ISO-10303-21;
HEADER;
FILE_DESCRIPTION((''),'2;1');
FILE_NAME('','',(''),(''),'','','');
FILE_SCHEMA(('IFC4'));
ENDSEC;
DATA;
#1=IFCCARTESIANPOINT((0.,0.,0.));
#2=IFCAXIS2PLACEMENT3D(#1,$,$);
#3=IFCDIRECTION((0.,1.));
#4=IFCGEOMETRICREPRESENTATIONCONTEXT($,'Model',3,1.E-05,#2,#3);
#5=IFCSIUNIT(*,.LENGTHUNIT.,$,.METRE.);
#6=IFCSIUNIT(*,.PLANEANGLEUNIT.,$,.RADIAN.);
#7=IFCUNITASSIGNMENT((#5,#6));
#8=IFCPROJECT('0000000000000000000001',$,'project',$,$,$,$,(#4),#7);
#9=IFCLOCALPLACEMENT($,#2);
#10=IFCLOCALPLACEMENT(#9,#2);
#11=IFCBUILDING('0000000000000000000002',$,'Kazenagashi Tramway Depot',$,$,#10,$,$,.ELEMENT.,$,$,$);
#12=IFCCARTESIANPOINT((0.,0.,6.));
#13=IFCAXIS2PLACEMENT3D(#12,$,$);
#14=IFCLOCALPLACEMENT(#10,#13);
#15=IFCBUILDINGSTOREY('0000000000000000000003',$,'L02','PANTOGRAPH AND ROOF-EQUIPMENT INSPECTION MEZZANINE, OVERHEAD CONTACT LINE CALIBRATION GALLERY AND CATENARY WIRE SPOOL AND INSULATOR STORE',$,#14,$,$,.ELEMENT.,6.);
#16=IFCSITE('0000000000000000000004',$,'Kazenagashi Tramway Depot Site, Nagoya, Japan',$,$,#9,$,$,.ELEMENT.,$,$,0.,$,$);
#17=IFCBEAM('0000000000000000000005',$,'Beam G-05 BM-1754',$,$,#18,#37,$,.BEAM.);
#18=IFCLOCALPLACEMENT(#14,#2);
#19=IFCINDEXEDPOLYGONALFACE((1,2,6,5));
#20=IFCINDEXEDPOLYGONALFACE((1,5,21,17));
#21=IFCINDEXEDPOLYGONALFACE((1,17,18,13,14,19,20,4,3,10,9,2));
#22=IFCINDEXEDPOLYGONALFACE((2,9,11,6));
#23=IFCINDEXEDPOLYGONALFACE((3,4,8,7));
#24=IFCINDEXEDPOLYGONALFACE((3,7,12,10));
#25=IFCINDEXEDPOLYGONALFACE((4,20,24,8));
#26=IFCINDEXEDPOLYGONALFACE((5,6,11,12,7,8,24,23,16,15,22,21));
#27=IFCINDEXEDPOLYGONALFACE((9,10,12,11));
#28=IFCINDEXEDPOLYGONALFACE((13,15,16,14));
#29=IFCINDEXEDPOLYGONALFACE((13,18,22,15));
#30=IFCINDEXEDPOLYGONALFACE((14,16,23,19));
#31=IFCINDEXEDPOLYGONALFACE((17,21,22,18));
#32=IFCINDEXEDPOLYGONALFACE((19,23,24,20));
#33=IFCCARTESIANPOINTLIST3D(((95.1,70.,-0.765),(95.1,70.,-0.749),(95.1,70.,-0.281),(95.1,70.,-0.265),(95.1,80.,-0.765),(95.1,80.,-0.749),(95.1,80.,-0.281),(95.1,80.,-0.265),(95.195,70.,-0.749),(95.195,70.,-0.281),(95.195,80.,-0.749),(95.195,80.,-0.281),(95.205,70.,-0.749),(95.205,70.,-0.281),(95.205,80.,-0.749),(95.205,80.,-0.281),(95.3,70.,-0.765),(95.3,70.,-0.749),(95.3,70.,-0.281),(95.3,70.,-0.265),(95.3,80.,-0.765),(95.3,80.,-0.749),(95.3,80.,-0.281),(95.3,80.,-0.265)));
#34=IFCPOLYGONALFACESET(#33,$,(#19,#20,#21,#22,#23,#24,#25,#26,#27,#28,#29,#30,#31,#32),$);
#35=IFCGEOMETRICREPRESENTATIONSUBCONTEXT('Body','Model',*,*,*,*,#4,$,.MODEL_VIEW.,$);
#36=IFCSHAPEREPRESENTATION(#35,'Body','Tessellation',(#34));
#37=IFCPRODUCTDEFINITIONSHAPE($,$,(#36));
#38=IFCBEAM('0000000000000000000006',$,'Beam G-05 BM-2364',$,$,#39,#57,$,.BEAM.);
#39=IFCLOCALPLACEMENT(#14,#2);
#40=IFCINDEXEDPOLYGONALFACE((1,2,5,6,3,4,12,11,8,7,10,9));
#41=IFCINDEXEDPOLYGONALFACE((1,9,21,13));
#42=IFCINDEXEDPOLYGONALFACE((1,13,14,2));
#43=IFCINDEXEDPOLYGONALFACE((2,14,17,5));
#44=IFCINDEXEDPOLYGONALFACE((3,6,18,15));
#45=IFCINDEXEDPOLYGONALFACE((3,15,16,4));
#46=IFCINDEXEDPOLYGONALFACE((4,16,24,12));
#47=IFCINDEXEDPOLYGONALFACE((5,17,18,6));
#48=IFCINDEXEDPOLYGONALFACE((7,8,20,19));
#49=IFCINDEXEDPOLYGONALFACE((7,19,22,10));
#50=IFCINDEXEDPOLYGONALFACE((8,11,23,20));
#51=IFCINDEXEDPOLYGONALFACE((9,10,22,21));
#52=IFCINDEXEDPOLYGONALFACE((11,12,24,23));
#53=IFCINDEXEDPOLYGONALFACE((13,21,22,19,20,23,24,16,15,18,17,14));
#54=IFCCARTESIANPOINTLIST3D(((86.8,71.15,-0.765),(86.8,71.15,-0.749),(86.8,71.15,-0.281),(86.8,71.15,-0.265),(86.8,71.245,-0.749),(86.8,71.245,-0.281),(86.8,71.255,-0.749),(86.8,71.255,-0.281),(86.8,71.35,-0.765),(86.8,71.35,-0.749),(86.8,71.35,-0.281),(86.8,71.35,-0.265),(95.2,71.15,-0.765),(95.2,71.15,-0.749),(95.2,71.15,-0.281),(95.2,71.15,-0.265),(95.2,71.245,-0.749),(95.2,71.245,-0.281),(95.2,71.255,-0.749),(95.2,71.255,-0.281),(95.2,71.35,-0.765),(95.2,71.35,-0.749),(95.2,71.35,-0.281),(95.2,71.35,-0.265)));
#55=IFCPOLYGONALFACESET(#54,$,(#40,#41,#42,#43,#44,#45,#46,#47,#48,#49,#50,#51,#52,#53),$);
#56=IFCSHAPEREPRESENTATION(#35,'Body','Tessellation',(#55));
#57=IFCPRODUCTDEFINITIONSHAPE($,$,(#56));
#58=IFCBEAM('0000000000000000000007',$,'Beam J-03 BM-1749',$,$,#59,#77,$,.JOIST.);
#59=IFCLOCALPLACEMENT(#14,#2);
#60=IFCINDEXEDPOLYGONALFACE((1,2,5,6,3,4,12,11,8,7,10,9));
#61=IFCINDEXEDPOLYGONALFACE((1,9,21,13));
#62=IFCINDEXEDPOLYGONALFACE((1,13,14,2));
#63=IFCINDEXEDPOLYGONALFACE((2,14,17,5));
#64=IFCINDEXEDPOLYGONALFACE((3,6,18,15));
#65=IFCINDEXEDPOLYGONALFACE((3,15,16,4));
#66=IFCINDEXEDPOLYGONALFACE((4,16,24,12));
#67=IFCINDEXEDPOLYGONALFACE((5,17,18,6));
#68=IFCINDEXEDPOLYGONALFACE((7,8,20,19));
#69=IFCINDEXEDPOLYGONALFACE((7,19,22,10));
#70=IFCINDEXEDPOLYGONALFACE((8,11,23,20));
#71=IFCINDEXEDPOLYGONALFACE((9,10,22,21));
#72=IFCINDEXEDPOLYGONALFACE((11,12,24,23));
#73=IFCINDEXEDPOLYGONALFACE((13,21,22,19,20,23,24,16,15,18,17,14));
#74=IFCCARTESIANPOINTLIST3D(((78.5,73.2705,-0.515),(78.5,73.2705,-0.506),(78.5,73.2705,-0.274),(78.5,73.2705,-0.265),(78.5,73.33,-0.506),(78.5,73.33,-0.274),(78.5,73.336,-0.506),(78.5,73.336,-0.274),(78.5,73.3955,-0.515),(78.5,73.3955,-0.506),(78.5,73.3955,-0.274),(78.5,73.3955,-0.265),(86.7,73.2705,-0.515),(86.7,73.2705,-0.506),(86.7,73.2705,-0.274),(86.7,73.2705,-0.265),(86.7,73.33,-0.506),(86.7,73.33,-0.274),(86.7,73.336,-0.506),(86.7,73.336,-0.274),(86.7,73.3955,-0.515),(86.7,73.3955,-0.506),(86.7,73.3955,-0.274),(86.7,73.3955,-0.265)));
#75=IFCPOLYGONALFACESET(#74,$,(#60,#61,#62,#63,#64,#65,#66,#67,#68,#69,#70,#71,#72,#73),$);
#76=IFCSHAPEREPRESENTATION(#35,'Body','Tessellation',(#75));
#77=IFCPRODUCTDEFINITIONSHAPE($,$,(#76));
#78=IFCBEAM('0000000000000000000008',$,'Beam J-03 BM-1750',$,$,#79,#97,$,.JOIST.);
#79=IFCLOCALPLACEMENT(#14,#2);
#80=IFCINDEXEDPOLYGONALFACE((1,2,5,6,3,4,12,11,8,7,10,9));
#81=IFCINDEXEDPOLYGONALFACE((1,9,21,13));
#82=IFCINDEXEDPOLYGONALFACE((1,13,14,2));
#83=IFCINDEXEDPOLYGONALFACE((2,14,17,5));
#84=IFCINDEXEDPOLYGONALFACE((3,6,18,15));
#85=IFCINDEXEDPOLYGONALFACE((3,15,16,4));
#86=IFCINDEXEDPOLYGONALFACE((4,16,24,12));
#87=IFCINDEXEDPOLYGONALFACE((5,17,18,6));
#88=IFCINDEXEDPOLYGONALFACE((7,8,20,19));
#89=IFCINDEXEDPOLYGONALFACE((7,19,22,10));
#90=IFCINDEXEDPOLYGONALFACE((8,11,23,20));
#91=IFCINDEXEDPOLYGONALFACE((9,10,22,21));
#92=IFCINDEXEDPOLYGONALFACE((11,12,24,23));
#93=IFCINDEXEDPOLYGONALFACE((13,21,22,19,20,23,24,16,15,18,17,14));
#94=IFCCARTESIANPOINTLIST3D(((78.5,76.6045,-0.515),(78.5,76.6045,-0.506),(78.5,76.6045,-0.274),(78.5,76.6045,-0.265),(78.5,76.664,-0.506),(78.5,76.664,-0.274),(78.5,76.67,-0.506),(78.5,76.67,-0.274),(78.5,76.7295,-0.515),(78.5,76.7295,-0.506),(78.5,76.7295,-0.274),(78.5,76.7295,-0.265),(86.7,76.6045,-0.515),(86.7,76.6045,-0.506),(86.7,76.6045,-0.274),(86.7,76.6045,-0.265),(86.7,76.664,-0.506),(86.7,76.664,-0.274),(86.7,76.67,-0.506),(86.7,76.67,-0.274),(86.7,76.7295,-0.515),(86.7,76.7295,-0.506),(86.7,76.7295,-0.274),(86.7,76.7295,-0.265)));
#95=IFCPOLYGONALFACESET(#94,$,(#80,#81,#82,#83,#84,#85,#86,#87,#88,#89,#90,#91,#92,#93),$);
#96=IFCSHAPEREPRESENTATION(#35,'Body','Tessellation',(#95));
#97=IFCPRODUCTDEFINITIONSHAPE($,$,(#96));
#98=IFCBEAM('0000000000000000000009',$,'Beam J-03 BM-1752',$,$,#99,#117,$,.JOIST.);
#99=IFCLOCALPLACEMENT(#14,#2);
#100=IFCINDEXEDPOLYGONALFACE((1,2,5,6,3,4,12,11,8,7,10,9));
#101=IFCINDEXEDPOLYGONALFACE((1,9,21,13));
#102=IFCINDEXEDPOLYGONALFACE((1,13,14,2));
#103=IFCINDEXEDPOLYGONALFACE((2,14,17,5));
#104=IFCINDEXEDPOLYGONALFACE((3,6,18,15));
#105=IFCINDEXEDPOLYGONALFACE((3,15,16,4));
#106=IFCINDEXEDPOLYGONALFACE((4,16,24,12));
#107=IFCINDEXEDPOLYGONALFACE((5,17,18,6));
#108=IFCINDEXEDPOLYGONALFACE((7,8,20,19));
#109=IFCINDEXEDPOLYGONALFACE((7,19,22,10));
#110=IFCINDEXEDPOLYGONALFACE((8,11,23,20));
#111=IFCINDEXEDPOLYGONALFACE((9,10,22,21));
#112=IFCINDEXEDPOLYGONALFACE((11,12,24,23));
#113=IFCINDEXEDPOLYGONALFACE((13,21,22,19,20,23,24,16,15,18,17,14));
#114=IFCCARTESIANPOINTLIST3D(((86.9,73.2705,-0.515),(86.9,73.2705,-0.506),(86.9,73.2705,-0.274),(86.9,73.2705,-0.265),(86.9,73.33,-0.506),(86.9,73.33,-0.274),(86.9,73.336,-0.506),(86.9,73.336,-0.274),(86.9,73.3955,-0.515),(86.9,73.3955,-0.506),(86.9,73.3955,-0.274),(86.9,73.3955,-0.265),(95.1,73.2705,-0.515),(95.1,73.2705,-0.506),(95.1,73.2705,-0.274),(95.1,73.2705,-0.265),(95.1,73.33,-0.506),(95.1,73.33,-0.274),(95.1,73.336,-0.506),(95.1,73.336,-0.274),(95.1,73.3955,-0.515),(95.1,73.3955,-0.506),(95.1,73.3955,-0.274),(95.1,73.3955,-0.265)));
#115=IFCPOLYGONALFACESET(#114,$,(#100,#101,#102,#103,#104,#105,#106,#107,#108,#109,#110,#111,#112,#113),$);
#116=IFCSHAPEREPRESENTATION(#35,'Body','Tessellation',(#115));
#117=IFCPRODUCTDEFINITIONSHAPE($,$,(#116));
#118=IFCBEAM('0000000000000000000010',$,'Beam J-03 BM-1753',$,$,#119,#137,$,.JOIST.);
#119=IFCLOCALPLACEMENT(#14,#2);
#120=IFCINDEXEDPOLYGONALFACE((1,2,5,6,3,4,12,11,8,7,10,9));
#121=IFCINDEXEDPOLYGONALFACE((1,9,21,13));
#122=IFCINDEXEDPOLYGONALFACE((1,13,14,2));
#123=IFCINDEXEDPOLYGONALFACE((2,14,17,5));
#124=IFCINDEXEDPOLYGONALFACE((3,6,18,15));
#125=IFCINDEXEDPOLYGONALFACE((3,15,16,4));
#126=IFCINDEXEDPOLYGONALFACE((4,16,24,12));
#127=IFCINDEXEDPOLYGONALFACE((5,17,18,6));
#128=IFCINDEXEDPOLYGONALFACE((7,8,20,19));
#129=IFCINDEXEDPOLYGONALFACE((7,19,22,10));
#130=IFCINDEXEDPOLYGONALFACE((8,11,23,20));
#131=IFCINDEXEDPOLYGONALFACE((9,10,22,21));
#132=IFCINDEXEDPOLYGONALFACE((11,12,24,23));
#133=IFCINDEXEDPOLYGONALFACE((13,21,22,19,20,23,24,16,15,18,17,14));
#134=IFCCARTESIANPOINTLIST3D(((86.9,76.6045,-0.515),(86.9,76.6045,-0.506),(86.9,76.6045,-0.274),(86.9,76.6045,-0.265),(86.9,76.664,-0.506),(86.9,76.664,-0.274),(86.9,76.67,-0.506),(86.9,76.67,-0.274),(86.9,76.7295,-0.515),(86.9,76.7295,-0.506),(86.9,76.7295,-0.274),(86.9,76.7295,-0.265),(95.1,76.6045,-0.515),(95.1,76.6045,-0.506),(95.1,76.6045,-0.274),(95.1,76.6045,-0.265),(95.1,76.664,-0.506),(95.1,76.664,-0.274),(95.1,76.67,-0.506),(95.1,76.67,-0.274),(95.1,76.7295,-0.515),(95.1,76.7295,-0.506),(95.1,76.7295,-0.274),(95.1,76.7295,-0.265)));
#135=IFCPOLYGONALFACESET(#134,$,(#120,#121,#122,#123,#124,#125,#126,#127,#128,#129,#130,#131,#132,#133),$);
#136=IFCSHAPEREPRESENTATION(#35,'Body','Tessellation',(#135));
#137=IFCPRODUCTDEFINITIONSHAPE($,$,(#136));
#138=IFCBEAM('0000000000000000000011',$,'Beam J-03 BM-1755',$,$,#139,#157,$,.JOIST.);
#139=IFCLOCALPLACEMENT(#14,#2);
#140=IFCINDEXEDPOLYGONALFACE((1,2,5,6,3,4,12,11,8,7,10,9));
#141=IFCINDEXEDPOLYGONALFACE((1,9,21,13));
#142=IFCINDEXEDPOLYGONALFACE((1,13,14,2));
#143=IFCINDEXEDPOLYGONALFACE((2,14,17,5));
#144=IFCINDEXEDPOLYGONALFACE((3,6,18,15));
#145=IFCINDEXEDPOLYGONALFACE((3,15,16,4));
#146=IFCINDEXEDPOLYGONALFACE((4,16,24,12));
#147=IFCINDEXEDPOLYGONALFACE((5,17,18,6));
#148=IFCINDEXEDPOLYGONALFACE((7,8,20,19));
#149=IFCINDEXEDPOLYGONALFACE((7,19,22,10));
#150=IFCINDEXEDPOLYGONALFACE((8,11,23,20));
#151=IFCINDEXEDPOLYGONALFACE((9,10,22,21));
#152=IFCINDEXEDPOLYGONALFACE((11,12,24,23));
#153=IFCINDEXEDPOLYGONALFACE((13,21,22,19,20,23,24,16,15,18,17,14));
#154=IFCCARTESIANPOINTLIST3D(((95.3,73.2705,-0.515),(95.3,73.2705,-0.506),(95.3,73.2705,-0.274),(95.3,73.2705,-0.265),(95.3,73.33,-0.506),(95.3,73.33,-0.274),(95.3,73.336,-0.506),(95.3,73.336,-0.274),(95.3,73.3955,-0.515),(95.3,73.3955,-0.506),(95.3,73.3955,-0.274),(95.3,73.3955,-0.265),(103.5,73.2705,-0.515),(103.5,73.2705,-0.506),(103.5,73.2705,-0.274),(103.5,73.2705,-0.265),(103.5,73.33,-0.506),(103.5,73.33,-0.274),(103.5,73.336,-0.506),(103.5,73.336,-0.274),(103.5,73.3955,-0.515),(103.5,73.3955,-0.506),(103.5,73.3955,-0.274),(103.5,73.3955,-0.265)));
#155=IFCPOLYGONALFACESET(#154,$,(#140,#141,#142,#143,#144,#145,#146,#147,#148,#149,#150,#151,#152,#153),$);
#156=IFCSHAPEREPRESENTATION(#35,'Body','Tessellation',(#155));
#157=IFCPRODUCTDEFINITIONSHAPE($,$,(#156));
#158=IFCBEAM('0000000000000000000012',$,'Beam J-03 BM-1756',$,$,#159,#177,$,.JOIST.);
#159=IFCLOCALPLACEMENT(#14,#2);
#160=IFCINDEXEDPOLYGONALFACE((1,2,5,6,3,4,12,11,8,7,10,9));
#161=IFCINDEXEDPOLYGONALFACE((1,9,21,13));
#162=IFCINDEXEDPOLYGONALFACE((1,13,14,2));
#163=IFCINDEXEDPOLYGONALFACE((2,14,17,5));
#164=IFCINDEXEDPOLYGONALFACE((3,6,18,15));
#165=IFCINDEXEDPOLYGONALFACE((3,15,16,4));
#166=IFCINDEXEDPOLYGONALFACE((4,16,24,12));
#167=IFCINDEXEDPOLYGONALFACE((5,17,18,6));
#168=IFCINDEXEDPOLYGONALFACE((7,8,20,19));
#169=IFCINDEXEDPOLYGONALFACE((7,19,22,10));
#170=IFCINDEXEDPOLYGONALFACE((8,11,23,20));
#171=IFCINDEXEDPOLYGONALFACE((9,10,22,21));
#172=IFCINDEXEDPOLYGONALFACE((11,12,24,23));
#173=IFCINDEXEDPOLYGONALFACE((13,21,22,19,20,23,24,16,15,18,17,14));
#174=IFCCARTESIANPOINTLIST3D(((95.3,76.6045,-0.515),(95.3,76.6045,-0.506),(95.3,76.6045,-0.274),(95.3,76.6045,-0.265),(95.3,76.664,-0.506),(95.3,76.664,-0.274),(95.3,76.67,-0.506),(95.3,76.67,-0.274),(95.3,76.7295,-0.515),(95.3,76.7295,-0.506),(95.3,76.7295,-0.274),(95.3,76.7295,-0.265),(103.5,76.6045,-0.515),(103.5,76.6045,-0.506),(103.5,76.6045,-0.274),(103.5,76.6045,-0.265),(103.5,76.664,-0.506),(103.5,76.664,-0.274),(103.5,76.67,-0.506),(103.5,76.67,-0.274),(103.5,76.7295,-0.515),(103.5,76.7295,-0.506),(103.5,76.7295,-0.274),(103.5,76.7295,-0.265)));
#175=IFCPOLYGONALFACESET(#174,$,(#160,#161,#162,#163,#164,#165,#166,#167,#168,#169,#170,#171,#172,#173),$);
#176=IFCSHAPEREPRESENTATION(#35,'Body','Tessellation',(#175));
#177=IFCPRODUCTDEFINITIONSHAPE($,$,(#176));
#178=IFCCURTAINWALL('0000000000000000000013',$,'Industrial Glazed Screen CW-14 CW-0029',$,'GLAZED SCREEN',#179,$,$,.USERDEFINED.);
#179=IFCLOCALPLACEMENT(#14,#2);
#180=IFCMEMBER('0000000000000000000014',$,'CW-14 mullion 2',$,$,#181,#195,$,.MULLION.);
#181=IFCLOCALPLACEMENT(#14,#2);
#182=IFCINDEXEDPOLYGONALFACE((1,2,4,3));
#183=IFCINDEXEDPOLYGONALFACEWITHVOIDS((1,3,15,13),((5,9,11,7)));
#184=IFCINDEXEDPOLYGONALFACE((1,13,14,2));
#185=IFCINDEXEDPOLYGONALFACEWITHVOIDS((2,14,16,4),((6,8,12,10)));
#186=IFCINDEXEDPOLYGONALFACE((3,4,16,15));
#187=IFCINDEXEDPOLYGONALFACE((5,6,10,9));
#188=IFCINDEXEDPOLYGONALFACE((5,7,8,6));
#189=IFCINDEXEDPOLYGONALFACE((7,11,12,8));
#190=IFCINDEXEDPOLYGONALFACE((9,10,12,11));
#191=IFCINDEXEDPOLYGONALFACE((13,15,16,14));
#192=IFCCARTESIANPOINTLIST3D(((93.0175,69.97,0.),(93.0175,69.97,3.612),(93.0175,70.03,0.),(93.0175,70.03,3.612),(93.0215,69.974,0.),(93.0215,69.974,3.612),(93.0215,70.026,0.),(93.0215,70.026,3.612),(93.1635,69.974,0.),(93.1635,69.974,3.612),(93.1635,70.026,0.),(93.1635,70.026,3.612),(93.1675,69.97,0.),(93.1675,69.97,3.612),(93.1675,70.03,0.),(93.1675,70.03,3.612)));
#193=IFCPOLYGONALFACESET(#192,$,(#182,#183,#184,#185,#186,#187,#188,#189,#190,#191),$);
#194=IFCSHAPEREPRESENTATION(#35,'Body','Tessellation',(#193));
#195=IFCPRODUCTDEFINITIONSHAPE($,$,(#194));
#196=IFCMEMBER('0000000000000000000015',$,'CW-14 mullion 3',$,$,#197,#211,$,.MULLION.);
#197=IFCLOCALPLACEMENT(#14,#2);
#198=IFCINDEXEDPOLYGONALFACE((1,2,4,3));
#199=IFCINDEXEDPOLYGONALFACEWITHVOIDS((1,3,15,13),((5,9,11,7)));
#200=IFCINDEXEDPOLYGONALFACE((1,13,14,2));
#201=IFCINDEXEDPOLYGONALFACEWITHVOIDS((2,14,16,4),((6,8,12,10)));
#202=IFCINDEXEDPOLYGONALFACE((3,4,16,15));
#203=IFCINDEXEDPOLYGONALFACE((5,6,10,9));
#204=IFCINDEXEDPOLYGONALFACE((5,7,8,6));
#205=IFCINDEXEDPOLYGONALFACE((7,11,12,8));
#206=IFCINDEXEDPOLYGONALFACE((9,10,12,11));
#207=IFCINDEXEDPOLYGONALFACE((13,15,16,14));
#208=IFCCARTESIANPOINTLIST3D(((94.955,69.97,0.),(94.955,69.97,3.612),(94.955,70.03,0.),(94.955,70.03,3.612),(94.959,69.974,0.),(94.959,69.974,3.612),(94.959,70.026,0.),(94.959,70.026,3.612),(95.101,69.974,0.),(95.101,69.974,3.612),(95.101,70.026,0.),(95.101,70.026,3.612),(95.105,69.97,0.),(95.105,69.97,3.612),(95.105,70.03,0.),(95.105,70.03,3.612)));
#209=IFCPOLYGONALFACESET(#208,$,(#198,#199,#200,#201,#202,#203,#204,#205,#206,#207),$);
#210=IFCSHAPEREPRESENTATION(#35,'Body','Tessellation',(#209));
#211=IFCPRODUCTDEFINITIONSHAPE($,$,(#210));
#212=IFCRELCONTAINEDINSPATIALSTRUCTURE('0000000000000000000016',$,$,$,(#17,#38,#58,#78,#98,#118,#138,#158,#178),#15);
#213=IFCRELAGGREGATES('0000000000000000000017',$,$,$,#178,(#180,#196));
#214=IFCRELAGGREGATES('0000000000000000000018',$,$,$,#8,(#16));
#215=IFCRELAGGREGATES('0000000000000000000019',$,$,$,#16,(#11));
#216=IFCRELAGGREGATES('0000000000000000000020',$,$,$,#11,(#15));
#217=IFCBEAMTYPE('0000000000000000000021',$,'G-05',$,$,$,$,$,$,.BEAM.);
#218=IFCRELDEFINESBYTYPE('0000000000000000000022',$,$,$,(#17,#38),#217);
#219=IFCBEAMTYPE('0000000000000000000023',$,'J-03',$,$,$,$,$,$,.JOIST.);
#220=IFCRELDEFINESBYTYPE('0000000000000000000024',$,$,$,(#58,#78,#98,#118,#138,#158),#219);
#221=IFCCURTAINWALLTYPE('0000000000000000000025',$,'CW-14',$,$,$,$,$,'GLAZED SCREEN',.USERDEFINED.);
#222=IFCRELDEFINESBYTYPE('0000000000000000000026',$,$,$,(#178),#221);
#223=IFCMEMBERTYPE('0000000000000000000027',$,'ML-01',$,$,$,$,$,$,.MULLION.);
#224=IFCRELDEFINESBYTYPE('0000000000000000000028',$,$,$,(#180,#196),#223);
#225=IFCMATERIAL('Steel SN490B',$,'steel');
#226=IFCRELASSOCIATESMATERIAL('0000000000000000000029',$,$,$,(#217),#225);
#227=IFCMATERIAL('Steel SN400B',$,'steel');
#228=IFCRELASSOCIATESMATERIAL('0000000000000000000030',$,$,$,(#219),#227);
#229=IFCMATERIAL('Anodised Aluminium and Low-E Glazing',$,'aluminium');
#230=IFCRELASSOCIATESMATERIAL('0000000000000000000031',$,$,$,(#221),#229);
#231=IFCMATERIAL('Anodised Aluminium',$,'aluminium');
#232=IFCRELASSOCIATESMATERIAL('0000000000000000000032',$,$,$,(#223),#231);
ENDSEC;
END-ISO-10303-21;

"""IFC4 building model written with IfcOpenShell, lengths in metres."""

from ifc_helpers import new_model, si_unit, direction, frame, origin, origin_2d, place, context, subcontext, project, spatial, hollow_rectangle, i_section, extrude, material, material_profile, profile_set, type_object, element, aggregate, save


model = new_model("IFC4")

# Units and contexts
model_context = context("Model", 3, precision=1e-05, world=origin(), true_north=direction((0.0, 1.0)))
body_context = subcontext(model_context, "Body", "Model", "MODEL_VIEW")
ifc_project = project(units=[si_unit("LENGTHUNIT", "METRE"), si_unit("PLANEANGLEUNIT", "RADIAN")], contexts=[model_context])

# Site, building, storey
site_placement = place(None, origin())
site = spatial("IfcSite", under=ifc_project, at=site_placement, Name="Kazenagashi Tramway Depot Site, Nagoya, Japan", CompositionType="ELEMENT", RefElevation=0.0)
building_placement = place(site_placement, origin())
building = spatial("IfcBuilding", under=site, at=building_placement, Name="Kazenagashi Tramway Depot", CompositionType="ELEMENT")
storey_placement = place(building_placement, frame((0.0, 0.0, 6.0)))
storey = spatial("IfcBuildingStorey", under=building, at=storey_placement, Name="L02", Description="PANTOGRAPH AND ROOF-EQUIPMENT INSPECTION MEZZANINE, OVERHEAD CONTACT LINE CALIBRATION GALLERY AND CATENARY WIRE SPOOL AND INSULATOR STORE", CompositionType="ELEMENT", Elevation=6.0)

# Shared definitions
ifc_material_1 = material(Name="Steel SN490B", Category="steel")

# Beams
ifc_material_profile_1 = material_profile(ifc_material_1, i_section(OverallWidth=0.2, OverallDepth=0.5, WebThickness=0.01, FlangeThickness=0.016, at=origin_2d()), Name="H-500x200x10x16")
ifc_profile_set_1 = profile_set([ifc_material_profile_1], Name="Steel SN490B")
beam_type_1 = type_object("IfcBeamType", Name="G-05", PredefinedType="BEAM", material=ifc_profile_set_1)
beam_1_placement = place(storey_placement, frame((95.2, 70.0, -0.515), z_axis=(0.0, 1.0, 0.0), x_axis=(-1.0, 0.0, 0.0)))
element("IfcBeam", 1, at=beam_1_placement, inside=storey, type_object=beam_type_1, Name="Beam G-05 BM-1754", PredefinedType="BEAM", context=body_context, shape_type="SweptSolid", body=[
    extrude(i_section(OverallWidth=0.2, OverallDepth=0.5, WebThickness=0.01, FlangeThickness=0.016, at=origin_2d()), origin(), (0.0, 0.0, 1.0), 10.0),
])
beam_2_placement = place(storey_placement, frame((86.8, 71.25, -0.515), z_axis=(1.0, 0.0, 0.0), x_axis=(0.0, 1.0, 0.0)))
element("IfcBeam", 2, at=beam_2_placement, inside=storey, type_object=beam_type_1, Name="Beam G-05 BM-2364", PredefinedType="BEAM", context=body_context, shape_type="SweptSolid", body=[
    extrude(i_section(OverallWidth=0.2, OverallDepth=0.5, WebThickness=0.01, FlangeThickness=0.016, at=origin_2d()), origin(), (0.0, 0.0, 1.0), 8.4),
])
ifc_material_2 = material(Name="Steel SN400B", Category="steel")
ifc_material_profile_2 = material_profile(ifc_material_2, i_section(OverallWidth=0.125, OverallDepth=0.25, WebThickness=0.006, FlangeThickness=0.009, at=origin_2d()), Name="H-250x125x6x9")
ifc_profile_set_2 = profile_set([ifc_material_profile_2], Name="Steel SN400B")
beam_type_2 = type_object("IfcBeamType", Name="J-03", PredefinedType="JOIST", material=ifc_profile_set_2)
for number, where, z_axis, x_axis, name in (
    (3, (78.5, 73.333, -0.39), (1.0, 0.0, 0.0), (0.0, 1.0, 0.0), "Beam J-03 BM-1749"),
    (4, (78.5, 76.667, -0.39), (1.0, 0.0, 0.0), (0.0, 1.0, 0.0), "Beam J-03 BM-1750"),
    (5, (86.9, 73.333, -0.39), (1.0, 0.0, 0.0), (0.0, 1.0, 0.0), "Beam J-03 BM-1752"),
    (6, (86.9, 76.667, -0.39), (1.0, 0.0, 0.0), (0.0, 1.0, 0.0), "Beam J-03 BM-1753"),
    (7, (95.3, 73.333, -0.39), (1.0, 0.0, 0.0), (0.0, 1.0, 0.0), "Beam J-03 BM-1755"),
    (8, (95.3, 76.667, -0.39), (1.0, 0.0, 0.0), (0.0, 1.0, 0.0), "Beam J-03 BM-1756"),
):
    element("IfcBeam", number, at=place(storey_placement, frame(where, z_axis=z_axis, x_axis=x_axis)), inside=storey, type_object=beam_type_2, Name=name, PredefinedType="JOIST", context=body_context, shape_type="SweptSolid", body=[
        extrude(i_section(OverallWidth=0.125, OverallDepth=0.25, WebThickness=0.006, FlangeThickness=0.009, at=origin_2d()), origin(), (0.0, 0.0, 1.0), 8.2),
    ])

# Curtain wall, members
ifc_material_3 = material(Name="Anodised Aluminium and Low-E Glazing", Category="aluminium")
curtain_wall_type = type_object("IfcCurtainWallType", Name="CW-14", ElementType="GLAZED SCREEN", PredefinedType="USERDEFINED", material=ifc_material_3)
curtain_wall_placement = place(storey_placement, origin())
curtain_wall = element("IfcCurtainWall", 9, at=curtain_wall_placement, inside=storey, type_object=curtain_wall_type, Name="Industrial Glazed Screen CW-14 CW-0029", ObjectType="GLAZED SCREEN", PredefinedType="USERDEFINED")
ifc_material_4 = material(Name="Anodised Aluminium", Category="aluminium")
ifc_material_profile_3 = material_profile(ifc_material_4, hollow_rectangle(XDim=0.06, YDim=0.15, WallThickness=0.004, at=origin_2d()), Name="RHS-150x60x4")
ifc_profile_set_3 = profile_set([ifc_material_profile_3], Name="Anodised Aluminium")
member_type_1 = type_object("IfcMemberType", Name="ML-01", PredefinedType="MULLION", material=ifc_profile_set_3)
member_1_placement = place(storey_placement, frame((93.0925, 70.0, 0.0), z_axis=(0.0, 0.0, 1.0), x_axis=(0.0, 1.0, 0.0)))
member_1 = element("IfcMember", 10, at=member_1_placement, type_object=member_type_1, Name="CW-14 mullion 2", PredefinedType="MULLION", context=body_context, shape_type="SweptSolid", body=[
    extrude(hollow_rectangle(XDim=0.06, YDim=0.15, WallThickness=0.004, at=origin_2d()), origin(), (0.0, 0.0, 1.0), 3.612),
])
member_2_placement = place(storey_placement, frame((95.03, 70.0, 0.0), z_axis=(0.0, 0.0, 1.0), x_axis=(0.0, 1.0, 0.0)))
member_2 = element("IfcMember", 11, at=member_2_placement, type_object=member_type_1, Name="CW-14 mullion 3", PredefinedType="MULLION", context=body_context, shape_type="SweptSolid", body=[
    extrude(hollow_rectangle(XDim=0.06, YDim=0.15, WallThickness=0.004, at=origin_2d()), origin(), (0.0, 0.0, 1.0), 3.612),
])

aggregate(curtain_wall, [member_1, member_2])

save(model, "model.ifc")
